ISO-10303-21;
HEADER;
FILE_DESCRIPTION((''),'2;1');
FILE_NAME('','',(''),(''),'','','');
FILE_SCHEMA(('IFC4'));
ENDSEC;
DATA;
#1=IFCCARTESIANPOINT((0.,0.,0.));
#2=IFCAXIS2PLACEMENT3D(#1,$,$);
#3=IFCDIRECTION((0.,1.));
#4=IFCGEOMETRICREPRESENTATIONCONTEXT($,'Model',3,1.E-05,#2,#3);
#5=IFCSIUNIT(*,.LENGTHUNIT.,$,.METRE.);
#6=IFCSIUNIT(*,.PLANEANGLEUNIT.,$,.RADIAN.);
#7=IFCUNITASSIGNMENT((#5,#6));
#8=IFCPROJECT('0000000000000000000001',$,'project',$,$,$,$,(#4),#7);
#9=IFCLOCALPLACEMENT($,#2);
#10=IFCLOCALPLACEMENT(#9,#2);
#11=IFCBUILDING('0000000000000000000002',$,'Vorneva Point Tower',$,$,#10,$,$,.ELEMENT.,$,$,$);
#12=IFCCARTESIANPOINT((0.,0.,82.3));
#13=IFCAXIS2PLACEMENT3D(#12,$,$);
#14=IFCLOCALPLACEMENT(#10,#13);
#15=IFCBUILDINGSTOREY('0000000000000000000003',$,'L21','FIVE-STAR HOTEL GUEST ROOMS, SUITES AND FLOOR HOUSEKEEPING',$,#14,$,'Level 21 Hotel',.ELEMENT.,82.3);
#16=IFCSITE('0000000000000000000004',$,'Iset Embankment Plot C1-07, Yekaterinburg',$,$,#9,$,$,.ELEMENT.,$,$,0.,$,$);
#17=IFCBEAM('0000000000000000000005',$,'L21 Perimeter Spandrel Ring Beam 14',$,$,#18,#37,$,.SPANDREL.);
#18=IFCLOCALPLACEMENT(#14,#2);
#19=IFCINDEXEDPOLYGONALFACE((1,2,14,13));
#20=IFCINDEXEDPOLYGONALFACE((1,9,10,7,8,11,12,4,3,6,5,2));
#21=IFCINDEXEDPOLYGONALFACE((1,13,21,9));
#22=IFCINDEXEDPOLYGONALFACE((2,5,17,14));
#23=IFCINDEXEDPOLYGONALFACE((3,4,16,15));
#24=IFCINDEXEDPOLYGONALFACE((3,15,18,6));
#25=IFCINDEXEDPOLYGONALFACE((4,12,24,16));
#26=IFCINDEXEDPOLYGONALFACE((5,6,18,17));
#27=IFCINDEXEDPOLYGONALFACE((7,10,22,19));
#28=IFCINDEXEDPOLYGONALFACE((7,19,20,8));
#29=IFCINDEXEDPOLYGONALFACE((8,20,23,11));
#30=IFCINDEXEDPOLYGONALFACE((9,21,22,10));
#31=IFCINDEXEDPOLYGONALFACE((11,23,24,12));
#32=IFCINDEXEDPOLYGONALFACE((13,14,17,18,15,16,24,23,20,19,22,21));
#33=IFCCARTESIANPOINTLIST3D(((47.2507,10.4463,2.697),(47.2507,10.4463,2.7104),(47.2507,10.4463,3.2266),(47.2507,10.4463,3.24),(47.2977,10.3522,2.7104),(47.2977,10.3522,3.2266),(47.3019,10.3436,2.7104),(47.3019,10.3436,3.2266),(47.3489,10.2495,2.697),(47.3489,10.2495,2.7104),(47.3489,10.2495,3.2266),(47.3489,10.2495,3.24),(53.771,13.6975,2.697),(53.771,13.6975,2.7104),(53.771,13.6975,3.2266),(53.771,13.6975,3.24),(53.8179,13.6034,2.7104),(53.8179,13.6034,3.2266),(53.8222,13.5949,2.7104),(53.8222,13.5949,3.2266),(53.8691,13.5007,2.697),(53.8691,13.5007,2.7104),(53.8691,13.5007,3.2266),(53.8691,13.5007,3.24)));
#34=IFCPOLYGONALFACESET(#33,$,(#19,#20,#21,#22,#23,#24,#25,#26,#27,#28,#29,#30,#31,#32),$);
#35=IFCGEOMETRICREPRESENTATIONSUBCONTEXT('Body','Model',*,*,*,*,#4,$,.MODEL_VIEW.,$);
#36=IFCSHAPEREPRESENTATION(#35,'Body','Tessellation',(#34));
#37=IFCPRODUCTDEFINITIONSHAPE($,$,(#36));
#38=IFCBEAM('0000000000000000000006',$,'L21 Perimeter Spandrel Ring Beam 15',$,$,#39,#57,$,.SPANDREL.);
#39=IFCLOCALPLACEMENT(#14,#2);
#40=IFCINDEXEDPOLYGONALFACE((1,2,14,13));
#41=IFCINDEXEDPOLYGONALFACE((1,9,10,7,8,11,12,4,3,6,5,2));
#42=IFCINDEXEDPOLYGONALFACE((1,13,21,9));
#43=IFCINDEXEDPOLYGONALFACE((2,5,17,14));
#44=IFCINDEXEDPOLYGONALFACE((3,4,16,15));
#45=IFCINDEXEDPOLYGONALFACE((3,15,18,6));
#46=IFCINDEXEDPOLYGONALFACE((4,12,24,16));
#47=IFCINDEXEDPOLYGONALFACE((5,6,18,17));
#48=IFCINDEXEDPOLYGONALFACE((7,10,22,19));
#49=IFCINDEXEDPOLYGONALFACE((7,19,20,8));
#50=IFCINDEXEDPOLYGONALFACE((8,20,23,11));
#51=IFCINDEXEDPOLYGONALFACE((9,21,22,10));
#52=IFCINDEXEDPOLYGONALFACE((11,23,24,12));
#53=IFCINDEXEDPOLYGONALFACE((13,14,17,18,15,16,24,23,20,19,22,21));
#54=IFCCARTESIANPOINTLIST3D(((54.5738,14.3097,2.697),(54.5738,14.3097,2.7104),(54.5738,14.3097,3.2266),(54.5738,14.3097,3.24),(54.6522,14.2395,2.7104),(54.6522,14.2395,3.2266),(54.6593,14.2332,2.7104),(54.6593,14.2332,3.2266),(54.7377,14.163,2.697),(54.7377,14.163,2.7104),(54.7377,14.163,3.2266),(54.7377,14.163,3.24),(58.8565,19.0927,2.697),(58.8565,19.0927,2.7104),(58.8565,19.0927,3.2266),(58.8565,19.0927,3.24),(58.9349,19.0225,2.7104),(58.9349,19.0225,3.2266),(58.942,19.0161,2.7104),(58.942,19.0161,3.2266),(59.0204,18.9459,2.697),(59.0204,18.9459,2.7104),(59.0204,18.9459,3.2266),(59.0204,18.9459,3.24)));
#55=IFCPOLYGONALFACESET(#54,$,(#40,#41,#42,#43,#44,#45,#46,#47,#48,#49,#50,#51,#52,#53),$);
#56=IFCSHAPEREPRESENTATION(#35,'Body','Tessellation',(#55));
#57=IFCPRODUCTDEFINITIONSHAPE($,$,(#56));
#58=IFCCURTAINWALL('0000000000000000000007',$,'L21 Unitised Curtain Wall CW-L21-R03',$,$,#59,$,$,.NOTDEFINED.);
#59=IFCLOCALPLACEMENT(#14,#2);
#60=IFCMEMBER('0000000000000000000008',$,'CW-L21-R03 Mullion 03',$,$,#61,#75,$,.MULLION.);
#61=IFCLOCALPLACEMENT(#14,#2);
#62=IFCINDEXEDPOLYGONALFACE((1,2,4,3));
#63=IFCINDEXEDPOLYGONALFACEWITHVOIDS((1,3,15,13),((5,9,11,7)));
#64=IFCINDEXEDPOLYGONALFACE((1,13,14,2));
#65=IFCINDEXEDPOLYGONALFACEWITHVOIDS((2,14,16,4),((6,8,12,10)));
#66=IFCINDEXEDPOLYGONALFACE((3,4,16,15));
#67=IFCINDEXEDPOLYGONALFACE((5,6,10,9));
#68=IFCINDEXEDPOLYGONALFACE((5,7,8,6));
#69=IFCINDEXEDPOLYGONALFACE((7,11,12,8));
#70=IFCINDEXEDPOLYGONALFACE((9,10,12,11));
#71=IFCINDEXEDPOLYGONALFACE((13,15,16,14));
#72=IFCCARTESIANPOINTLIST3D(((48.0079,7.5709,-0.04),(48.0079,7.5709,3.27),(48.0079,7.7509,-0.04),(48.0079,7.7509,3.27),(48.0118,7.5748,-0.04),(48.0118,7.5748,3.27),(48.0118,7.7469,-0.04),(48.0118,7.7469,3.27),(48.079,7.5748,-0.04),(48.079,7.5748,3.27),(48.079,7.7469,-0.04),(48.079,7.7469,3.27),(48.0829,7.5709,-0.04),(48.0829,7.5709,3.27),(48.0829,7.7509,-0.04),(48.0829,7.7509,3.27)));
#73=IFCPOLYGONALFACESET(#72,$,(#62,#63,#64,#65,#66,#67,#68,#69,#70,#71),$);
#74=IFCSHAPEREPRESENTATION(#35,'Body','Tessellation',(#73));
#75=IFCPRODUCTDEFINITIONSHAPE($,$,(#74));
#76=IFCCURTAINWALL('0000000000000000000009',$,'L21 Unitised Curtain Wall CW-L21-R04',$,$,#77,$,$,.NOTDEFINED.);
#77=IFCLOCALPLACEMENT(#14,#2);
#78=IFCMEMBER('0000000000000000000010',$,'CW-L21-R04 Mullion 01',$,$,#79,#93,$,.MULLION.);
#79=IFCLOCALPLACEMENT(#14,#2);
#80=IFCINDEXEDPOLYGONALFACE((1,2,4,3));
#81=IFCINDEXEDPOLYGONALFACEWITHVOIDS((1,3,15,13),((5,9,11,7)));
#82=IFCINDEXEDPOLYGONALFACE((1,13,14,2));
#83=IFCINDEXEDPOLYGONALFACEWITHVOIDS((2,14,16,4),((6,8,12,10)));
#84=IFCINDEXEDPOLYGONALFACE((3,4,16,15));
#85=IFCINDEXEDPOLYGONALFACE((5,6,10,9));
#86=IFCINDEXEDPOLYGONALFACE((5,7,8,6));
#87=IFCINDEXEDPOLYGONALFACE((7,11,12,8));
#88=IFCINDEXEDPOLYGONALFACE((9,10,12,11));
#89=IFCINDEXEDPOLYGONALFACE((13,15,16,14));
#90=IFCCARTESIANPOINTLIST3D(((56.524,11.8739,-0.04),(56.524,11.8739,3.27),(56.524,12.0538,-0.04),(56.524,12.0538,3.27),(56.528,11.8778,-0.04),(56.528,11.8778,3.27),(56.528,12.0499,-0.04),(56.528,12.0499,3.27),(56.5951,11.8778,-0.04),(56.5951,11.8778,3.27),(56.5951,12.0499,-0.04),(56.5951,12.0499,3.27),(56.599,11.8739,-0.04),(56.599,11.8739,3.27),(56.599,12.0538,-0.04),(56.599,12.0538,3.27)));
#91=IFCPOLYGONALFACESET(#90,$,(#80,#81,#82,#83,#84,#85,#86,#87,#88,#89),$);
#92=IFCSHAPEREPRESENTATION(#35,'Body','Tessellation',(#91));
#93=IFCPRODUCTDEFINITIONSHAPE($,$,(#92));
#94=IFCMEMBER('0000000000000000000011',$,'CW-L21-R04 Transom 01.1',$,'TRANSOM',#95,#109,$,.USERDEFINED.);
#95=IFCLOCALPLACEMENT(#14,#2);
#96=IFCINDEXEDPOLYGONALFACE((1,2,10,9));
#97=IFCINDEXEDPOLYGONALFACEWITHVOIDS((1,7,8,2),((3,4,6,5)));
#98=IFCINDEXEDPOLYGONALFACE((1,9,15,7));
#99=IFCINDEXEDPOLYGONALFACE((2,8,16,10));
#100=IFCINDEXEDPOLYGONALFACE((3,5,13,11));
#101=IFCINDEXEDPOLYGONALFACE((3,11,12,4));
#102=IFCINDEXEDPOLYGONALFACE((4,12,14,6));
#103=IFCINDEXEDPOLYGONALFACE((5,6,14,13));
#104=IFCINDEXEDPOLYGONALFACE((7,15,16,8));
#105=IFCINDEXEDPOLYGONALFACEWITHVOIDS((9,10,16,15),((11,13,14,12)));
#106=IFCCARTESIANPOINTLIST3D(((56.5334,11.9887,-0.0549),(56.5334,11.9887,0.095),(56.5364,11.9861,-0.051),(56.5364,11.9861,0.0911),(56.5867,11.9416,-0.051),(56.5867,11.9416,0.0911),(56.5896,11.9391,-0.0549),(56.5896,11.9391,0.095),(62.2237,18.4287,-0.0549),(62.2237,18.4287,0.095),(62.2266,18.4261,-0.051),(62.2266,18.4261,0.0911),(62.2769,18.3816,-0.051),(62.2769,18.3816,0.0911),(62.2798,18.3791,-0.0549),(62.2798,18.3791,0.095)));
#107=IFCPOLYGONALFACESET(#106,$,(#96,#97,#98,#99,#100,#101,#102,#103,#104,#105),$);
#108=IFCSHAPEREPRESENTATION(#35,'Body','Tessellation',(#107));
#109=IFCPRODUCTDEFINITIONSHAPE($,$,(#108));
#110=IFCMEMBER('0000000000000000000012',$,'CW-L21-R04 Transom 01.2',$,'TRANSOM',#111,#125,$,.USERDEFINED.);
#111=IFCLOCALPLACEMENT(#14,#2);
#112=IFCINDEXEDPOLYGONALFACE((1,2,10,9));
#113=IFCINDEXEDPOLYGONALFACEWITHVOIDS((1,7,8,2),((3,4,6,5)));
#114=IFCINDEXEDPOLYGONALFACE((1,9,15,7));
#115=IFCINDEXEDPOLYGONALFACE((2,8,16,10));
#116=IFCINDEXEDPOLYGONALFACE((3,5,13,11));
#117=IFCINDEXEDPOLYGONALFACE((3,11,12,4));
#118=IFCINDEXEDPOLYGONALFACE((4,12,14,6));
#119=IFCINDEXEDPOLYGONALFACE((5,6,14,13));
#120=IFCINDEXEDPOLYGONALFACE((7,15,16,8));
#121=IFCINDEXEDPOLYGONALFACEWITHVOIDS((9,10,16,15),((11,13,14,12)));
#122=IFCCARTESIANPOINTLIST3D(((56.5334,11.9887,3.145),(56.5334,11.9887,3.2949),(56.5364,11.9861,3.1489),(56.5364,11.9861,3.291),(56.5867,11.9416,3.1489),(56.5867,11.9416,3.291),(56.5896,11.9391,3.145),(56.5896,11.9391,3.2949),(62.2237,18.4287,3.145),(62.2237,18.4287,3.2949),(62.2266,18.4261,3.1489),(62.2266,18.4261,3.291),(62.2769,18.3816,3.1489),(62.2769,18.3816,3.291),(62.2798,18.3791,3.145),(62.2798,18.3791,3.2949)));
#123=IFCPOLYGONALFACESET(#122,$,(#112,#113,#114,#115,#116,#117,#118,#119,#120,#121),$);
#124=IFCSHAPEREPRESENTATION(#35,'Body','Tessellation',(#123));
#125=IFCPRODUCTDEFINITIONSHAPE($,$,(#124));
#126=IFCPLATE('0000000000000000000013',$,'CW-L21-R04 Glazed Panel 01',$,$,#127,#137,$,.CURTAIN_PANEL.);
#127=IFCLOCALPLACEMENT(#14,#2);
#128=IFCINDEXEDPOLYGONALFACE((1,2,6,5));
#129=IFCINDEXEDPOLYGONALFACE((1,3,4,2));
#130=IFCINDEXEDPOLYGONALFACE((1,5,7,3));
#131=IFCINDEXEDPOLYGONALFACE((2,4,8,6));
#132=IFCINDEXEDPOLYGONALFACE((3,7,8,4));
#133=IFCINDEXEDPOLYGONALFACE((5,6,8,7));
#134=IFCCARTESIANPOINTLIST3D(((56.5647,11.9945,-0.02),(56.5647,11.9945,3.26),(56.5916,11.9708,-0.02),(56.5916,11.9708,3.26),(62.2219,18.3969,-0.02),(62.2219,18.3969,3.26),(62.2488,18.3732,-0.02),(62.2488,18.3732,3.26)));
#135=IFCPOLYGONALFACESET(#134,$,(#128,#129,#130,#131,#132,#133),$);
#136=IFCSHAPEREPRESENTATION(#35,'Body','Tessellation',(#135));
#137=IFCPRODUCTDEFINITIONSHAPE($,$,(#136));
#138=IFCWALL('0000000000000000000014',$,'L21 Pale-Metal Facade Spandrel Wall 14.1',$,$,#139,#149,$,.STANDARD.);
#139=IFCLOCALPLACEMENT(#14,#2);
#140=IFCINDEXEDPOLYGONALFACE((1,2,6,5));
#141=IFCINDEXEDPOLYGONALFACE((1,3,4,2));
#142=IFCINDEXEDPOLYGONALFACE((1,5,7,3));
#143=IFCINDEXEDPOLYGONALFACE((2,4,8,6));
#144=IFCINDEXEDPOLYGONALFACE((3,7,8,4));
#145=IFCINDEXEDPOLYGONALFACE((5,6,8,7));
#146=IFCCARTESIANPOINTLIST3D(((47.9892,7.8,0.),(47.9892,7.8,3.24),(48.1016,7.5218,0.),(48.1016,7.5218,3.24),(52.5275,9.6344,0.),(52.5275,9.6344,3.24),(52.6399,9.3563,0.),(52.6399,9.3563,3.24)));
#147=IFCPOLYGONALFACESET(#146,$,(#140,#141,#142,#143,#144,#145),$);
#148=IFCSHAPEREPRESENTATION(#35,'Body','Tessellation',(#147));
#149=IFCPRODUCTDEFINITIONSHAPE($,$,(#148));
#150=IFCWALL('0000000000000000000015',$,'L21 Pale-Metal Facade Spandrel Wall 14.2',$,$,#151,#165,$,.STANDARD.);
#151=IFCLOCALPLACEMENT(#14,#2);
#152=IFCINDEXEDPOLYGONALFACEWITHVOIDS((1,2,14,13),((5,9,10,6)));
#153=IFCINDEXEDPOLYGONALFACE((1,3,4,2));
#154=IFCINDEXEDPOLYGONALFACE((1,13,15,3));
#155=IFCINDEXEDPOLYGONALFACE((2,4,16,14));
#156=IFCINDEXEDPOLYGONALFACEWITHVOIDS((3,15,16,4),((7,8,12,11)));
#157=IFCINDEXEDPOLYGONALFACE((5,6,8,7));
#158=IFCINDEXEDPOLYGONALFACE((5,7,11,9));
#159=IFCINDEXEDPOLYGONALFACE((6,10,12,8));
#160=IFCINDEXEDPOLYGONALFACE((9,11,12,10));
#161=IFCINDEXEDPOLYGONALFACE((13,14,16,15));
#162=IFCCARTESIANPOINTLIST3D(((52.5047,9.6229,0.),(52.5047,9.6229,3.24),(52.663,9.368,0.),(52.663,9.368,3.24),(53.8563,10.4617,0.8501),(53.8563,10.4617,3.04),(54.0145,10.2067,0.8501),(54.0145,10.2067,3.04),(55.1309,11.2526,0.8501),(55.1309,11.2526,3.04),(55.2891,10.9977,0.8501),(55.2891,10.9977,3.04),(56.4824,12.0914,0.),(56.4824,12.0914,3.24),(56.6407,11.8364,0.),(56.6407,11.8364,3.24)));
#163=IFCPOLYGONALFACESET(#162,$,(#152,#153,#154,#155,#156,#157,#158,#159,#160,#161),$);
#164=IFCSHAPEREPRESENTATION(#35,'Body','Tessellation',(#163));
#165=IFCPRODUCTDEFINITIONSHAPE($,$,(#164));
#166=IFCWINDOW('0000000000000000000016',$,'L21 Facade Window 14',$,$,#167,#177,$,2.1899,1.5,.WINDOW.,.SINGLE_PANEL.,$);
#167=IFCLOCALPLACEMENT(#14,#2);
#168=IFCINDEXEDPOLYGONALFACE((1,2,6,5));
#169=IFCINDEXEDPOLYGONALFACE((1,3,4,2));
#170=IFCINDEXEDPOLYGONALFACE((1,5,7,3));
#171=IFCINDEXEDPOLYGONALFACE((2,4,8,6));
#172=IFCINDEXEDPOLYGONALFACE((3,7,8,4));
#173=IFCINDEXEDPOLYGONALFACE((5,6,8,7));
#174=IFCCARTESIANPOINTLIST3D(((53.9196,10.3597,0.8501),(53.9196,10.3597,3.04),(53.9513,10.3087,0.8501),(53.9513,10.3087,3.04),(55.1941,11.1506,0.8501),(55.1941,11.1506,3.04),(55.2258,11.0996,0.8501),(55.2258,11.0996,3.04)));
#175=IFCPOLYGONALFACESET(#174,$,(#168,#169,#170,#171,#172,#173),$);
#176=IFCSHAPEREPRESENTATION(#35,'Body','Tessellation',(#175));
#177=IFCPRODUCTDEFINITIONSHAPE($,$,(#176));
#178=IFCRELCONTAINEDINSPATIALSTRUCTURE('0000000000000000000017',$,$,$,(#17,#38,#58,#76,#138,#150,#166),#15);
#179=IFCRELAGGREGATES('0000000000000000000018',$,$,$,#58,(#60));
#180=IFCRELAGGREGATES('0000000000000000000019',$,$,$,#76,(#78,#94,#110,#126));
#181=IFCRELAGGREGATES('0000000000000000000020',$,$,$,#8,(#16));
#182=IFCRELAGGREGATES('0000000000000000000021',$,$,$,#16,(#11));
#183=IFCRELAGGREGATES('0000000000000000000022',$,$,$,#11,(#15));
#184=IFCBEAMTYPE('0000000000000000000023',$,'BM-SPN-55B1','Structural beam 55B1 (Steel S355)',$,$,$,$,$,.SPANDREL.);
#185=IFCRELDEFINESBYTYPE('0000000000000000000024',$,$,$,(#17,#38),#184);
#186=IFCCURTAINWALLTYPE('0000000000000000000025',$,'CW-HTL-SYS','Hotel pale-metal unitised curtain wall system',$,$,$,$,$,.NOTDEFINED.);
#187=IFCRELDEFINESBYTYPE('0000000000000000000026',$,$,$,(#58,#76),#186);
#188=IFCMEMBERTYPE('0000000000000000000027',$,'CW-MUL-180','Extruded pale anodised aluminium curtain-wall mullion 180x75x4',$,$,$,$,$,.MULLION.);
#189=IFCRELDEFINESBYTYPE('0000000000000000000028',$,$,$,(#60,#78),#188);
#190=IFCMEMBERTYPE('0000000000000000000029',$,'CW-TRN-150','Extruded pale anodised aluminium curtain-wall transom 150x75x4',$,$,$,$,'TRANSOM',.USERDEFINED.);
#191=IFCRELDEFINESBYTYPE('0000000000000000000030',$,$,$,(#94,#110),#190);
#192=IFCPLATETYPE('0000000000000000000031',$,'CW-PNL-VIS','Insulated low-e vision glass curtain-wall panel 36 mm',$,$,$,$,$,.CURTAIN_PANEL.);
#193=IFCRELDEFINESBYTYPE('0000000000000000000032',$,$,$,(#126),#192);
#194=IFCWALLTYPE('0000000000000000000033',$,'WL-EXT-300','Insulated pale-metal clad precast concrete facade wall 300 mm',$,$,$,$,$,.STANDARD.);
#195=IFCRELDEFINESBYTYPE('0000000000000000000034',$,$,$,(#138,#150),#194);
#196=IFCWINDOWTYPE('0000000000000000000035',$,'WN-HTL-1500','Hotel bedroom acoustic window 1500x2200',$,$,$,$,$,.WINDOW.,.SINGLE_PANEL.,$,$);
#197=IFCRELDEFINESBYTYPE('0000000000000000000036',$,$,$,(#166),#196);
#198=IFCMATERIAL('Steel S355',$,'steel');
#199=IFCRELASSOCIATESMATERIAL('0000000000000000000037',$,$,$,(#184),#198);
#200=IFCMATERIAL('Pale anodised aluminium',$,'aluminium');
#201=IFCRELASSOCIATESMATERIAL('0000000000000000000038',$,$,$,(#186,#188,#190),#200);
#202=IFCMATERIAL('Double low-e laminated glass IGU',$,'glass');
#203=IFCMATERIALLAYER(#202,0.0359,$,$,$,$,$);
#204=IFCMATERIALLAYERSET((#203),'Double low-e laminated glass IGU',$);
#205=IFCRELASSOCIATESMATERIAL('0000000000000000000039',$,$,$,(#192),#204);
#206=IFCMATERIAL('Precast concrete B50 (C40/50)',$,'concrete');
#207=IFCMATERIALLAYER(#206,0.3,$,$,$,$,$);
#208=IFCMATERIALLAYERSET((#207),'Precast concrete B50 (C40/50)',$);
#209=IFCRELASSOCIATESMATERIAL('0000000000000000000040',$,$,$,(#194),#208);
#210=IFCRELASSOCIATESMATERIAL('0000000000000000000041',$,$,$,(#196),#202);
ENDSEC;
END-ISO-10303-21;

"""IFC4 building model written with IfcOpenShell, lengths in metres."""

from ifc_helpers import new_model, si_unit, direction, frame, frame_2d, origin, origin_2d, place, context, subcontext, project, spatial, rectangle, hollow_rectangle, i_section, extrude, material, layer, layer_set, material_profile, profile_set, type_object, element, fill, aggregate, save


model = new_model("IFC4")

# Units and contexts
model_context = context("Model", 3, precision=1e-05, world=origin(), true_north=direction((0.0, 1.0)))
body_context = subcontext(model_context, "Body", "Model", "MODEL_VIEW")
ifc_project = project(units=[si_unit("LENGTHUNIT", "METRE"), si_unit("PLANEANGLEUNIT", "RADIAN")], contexts=[model_context])

# Site, building, storey
site_placement = place(None, origin())
site = spatial("IfcSite", under=ifc_project, at=site_placement, Name="Iset Embankment Plot C1-07, Yekaterinburg", CompositionType="ELEMENT", RefElevation=0.0)
building_placement = place(site_placement, origin())
building = spatial("IfcBuilding", under=site, at=building_placement, Name="Vorneva Point Tower", CompositionType="ELEMENT")
storey_placement = place(building_placement, frame((0.0, 0.0, 82.3)))
storey = spatial("IfcBuildingStorey", under=building, at=storey_placement, Name="L21", Description="FIVE-STAR HOTEL GUEST ROOMS, SUITES AND FLOOR HOUSEKEEPING", LongName="Level 21 Hotel", CompositionType="ELEMENT", Elevation=82.3)

# Beams
ifc_material_1 = material(Name="Steel S355", Category="steel")
ifc_material_profile_1 = material_profile(ifc_material_1, i_section(OverallWidth=0.22, OverallDepth=0.543, WebThickness=0.0095, FlangeThickness=0.0134, at=origin_2d()), Name="55B1")
ifc_profile_set_1 = profile_set([ifc_material_profile_1], Name="Steel S355")
beam_type_1 = type_object("IfcBeamType", Name="BM-SPN-55B1", Description="Structural beam 55B1 (Steel S355)", PredefinedType="SPANDREL", material=ifc_profile_set_1)
beam_1_placement = place(storey_placement, frame((47.2998, 10.3479, 2.9685), z_axis=(0.894916, 0.446235, 0.0), x_axis=(-0.446235, 0.894916, 0.0)))
element("IfcBeam", 1, at=beam_1_placement, inside=storey, type_object=beam_type_1, Name="L21 Perimeter Spandrel Ring Beam 14", PredefinedType="SPANDREL", context=body_context, shape_type="SweptSolid", body=[
    extrude(i_section(OverallWidth=0.22, OverallDepth=0.543, WebThickness=0.0095, FlangeThickness=0.0134, at=origin_2d()), origin(), (0.0, 0.0, 1.0), 7.2859),
])
beam_2_placement = place(storey_placement, frame((54.6558, 14.2363, 2.9685), z_axis=(0.667074, 0.744992, 0.0), x_axis=(-0.744992, 0.667074, 0.0)))
element("IfcBeam", 2, at=beam_2_placement, inside=storey, type_object=beam_type_1, Name="L21 Perimeter Spandrel Ring Beam 15", PredefinedType="SPANDREL", context=body_context, shape_type="SweptSolid", body=[
    extrude(i_section(OverallWidth=0.22, OverallDepth=0.543, WebThickness=0.0095, FlangeThickness=0.0134, at=origin_2d()), origin(), (0.0, 0.0, 1.0), 6.4202),
])

# Curtain wall, member
ifc_material_2 = material(Name="Pale anodised aluminium", Category="aluminium")
curtain_wall_type = type_object("IfcCurtainWallType", Name="CW-HTL-SYS", Description="Hotel pale-metal unitised curtain wall system", PredefinedType="NOTDEFINED", material=ifc_material_2)
curtain_wall_1_placement = place(storey_placement, origin())
curtain_wall_1 = element("IfcCurtainWall", 3, at=curtain_wall_1_placement, inside=storey, type_object=curtain_wall_type, Name="L21 Unitised Curtain Wall CW-L21-R03", PredefinedType="NOTDEFINED")
ifc_material_profile_2 = material_profile(ifc_material_2, hollow_rectangle(XDim=0.075, YDim=0.1799, WallThickness=0.0039, at=origin_2d()), Name="AL-MUL 180x75x4")
ifc_profile_set_2 = profile_set([ifc_material_profile_2], Name="Pale anodised aluminium")
member_type_1 = type_object("IfcMemberType", Name="CW-MUL-180", Description="Extruded pale anodised aluminium curtain-wall mullion 180x75x4", PredefinedType="MULLION", material=ifc_profile_set_2)
member_1_placement = place(storey_placement, frame((48.0454, 7.6609, -0.04), z_axis=(0.0, 0.0, 1.0), x_axis=(1.0, 0.0, 0.0)))
member_1 = element("IfcMember", 4, at=member_1_placement, type_object=member_type_1, Name="CW-L21-R03 Mullion 03", PredefinedType="MULLION", context=body_context, shape_type="SweptSolid", body=[
    extrude(hollow_rectangle(XDim=0.075, YDim=0.1799, WallThickness=0.0039, at=origin_2d()), origin(), (0.0, 0.0, 1.0), 3.3101),
])
aggregate(curtain_wall_1, [member_1])

# Curtain wall, members, plate
curtain_wall_2_placement = place(storey_placement, origin())
curtain_wall_2 = element("IfcCurtainWall", 5, at=curtain_wall_2_placement, inside=storey, type_object=curtain_wall_type, Name="L21 Unitised Curtain Wall CW-L21-R04", PredefinedType="NOTDEFINED")
member_2_placement = place(storey_placement, frame((56.5615, 11.9639, -0.04), z_axis=(0.0, 0.0, 1.0), x_axis=(1.0, 0.0, 0.0)))
member_2 = element("IfcMember", 6, at=member_2_placement, type_object=member_type_1, Name="CW-L21-R04 Mullion 01", PredefinedType="MULLION", context=body_context, shape_type="SweptSolid", body=[
    extrude(hollow_rectangle(XDim=0.075, YDim=0.1799, WallThickness=0.0039, at=origin_2d()), origin(), (0.0, 0.0, 1.0), 3.3101),
])
ifc_material_profile_3 = material_profile(ifc_material_2, hollow_rectangle(XDim=0.075, YDim=0.1499, WallThickness=0.0039, at=origin_2d()), Name="AL-TRN 150x75x4")
ifc_profile_set_3 = profile_set([ifc_material_profile_3], Name="Pale anodised aluminium")
member_type_2 = type_object("IfcMemberType", Name="CW-TRN-150", Description="Extruded pale anodised aluminium curtain-wall transom 150x75x4", ElementType="TRANSOM", PredefinedType="USERDEFINED", material=ifc_profile_set_3)
member_3_placement = place(storey_placement, frame((56.5615, 11.9639, 0.02), z_axis=(0.662137, 0.749383, 0.0), x_axis=(-0.749383, 0.662137, 0.0)))
member_3 = element("IfcMember", 7, at=member_3_placement, type_object=member_type_2, Name="CW-L21-R04 Transom 01.1", ObjectType="TRANSOM", PredefinedType="USERDEFINED", context=body_context, shape_type="SweptSolid", body=[
    extrude(hollow_rectangle(XDim=0.075, YDim=0.1499, WallThickness=0.0039, at=origin_2d()), origin(), (0.0, 0.0, 1.0), 8.5938),
])
member_4_placement = place(storey_placement, frame((56.5615, 11.9639, 3.22), z_axis=(0.662137, 0.749383, 0.0), x_axis=(-0.749383, 0.662137, 0.0)))
member_4 = element("IfcMember", 8, at=member_4_placement, type_object=member_type_2, Name="CW-L21-R04 Transom 01.2", ObjectType="TRANSOM", PredefinedType="USERDEFINED", context=body_context, shape_type="SweptSolid", body=[
    extrude(hollow_rectangle(XDim=0.075, YDim=0.1499, WallThickness=0.0039, at=origin_2d()), origin(), (0.0, 0.0, 1.0), 8.5938),
])
ifc_material_3 = material(Name="Double low-e laminated glass IGU", Category="glass")
ifc_layer_1 = layer(ifc_material_3, 0.0359)
ifc_layer_set_1 = layer_set([ifc_layer_1], Name="Double low-e laminated glass IGU")
plate_type = type_object("IfcPlateType", Name="CW-PNL-VIS", Description="Insulated low-e vision glass curtain-wall panel 36 mm", PredefinedType="CURTAIN_PANEL", material=ifc_layer_set_1)
plate_placement = place(storey_placement, frame((59.4067, 15.1838, -0.02), z_axis=(0.0, 0.0, 1.0), x_axis=(0.662149, 0.749372, 0.0)))
plate = element("IfcPlate", 9, at=plate_placement, type_object=plate_type, Name="CW-L21-R04 Glazed Panel 01", PredefinedType="CURTAIN_PANEL", context=body_context, shape_type="SweptSolid", body=[
    extrude(rectangle(XDim=8.5437, YDim=0.0359, at=origin_2d()), origin(), (0.0, 0.0, 1.0), 3.28),
])
aggregate(curtain_wall_2, [member_2, member_3, member_4, plate])

# Wall
ifc_material_4 = material(Name="Precast concrete B50 (C40/50)", Category="concrete")
ifc_layer_2 = layer(ifc_material_4, 0.3)
ifc_layer_set_2 = layer_set([ifc_layer_2], Name="Precast concrete B50 (C40/50)")
wall_type_1 = type_object("IfcWallType", Name="WL-EXT-300", Description="Insulated pale-metal clad precast concrete facade wall 300 mm", PredefinedType="STANDARD", material=ifc_layer_set_2)
wall_1_placement = place(storey_placement, frame((48.0454, 7.6609, 0.0), z_axis=(0.0, 0.0, 1.0), x_axis=(0.927122, 0.374759, 0.0)))
element("IfcWall", 10, at=wall_1_placement, inside=storey, type_object=wall_type_1, Name="L21 Pale-Metal Facade Spandrel Wall 14.1", PredefinedType="STANDARD", context=body_context, shape_type="SweptSolid", body=[
    extrude(rectangle(XDim=4.895, YDim=0.3, at=frame_2d((2.4475, 0.0))), origin(), (0.0, 0.0, 1.0), 3.24),
])

# Wall, opening, window
wall_2_placement = place(storey_placement, frame((52.5837, 9.4954, 0.0), z_axis=(0.0, 0.0, 1.0), x_axis=(0.849684, 0.527291, 0.0)))
wall_2 = element("IfcWall", 11, at=wall_2_placement, inside=storey, type_object=wall_type_1, Name="L21 Pale-Metal Facade Spandrel Wall 14.2", PredefinedType="STANDARD", context=body_context, shape_type="SweptSolid", body=[
    extrude(rectangle(XDim=4.6814, YDim=0.3, at=frame_2d((2.3408, 0.0))), origin(), (0.0, 0.0, 1.0), 3.24),
])
opening_placement = place(wall_2_placement, frame((1.5908, 0.0, 0.8501)))
opening = element("IfcOpeningElement", 12, at=opening_placement, cuts=wall_2, PredefinedType="OPENING", context=body_context, shape_type="SweptSolid", body=[
    extrude(rectangle(XDim=1.5, YDim=2.1899, at=frame_2d((0.75, 1.095))), frame((0.0, 0.165, 0.0), z_axis=(0.0, -1.0, 0.0), x_axis=(1.0, 0.0, 0.0)), (0.0, 0.0, 1.0), 0.3298),
])
window_type = type_object("IfcWindowType", Name="WN-HTL-1500", Description="Hotel bedroom acoustic window 1500x2200", PartitioningType="SINGLE_PANEL", PredefinedType="WINDOW", material=ifc_material_3)
window_placement = place(opening_placement, origin())
window = element("IfcWindow", 13, at=window_placement, inside=storey, type_object=window_type, Name="L21 Facade Window 14", OverallHeight=2.1899, OverallWidth=1.5, PartitioningType="SINGLE_PANEL", PredefinedType="WINDOW", context=body_context, shape_type="SweptSolid", body=[
    extrude(rectangle(XDim=1.5, YDim=2.1899, at=frame_2d((0.75, 1.095))), frame((0.0, 0.03, 0.0), z_axis=(0.0, -1.0, 0.0), x_axis=(1.0, 0.0, 0.0)), (0.0, 0.0, 1.0), 0.0601),
])
fill(opening, window)

save(model, "model.ifc")
